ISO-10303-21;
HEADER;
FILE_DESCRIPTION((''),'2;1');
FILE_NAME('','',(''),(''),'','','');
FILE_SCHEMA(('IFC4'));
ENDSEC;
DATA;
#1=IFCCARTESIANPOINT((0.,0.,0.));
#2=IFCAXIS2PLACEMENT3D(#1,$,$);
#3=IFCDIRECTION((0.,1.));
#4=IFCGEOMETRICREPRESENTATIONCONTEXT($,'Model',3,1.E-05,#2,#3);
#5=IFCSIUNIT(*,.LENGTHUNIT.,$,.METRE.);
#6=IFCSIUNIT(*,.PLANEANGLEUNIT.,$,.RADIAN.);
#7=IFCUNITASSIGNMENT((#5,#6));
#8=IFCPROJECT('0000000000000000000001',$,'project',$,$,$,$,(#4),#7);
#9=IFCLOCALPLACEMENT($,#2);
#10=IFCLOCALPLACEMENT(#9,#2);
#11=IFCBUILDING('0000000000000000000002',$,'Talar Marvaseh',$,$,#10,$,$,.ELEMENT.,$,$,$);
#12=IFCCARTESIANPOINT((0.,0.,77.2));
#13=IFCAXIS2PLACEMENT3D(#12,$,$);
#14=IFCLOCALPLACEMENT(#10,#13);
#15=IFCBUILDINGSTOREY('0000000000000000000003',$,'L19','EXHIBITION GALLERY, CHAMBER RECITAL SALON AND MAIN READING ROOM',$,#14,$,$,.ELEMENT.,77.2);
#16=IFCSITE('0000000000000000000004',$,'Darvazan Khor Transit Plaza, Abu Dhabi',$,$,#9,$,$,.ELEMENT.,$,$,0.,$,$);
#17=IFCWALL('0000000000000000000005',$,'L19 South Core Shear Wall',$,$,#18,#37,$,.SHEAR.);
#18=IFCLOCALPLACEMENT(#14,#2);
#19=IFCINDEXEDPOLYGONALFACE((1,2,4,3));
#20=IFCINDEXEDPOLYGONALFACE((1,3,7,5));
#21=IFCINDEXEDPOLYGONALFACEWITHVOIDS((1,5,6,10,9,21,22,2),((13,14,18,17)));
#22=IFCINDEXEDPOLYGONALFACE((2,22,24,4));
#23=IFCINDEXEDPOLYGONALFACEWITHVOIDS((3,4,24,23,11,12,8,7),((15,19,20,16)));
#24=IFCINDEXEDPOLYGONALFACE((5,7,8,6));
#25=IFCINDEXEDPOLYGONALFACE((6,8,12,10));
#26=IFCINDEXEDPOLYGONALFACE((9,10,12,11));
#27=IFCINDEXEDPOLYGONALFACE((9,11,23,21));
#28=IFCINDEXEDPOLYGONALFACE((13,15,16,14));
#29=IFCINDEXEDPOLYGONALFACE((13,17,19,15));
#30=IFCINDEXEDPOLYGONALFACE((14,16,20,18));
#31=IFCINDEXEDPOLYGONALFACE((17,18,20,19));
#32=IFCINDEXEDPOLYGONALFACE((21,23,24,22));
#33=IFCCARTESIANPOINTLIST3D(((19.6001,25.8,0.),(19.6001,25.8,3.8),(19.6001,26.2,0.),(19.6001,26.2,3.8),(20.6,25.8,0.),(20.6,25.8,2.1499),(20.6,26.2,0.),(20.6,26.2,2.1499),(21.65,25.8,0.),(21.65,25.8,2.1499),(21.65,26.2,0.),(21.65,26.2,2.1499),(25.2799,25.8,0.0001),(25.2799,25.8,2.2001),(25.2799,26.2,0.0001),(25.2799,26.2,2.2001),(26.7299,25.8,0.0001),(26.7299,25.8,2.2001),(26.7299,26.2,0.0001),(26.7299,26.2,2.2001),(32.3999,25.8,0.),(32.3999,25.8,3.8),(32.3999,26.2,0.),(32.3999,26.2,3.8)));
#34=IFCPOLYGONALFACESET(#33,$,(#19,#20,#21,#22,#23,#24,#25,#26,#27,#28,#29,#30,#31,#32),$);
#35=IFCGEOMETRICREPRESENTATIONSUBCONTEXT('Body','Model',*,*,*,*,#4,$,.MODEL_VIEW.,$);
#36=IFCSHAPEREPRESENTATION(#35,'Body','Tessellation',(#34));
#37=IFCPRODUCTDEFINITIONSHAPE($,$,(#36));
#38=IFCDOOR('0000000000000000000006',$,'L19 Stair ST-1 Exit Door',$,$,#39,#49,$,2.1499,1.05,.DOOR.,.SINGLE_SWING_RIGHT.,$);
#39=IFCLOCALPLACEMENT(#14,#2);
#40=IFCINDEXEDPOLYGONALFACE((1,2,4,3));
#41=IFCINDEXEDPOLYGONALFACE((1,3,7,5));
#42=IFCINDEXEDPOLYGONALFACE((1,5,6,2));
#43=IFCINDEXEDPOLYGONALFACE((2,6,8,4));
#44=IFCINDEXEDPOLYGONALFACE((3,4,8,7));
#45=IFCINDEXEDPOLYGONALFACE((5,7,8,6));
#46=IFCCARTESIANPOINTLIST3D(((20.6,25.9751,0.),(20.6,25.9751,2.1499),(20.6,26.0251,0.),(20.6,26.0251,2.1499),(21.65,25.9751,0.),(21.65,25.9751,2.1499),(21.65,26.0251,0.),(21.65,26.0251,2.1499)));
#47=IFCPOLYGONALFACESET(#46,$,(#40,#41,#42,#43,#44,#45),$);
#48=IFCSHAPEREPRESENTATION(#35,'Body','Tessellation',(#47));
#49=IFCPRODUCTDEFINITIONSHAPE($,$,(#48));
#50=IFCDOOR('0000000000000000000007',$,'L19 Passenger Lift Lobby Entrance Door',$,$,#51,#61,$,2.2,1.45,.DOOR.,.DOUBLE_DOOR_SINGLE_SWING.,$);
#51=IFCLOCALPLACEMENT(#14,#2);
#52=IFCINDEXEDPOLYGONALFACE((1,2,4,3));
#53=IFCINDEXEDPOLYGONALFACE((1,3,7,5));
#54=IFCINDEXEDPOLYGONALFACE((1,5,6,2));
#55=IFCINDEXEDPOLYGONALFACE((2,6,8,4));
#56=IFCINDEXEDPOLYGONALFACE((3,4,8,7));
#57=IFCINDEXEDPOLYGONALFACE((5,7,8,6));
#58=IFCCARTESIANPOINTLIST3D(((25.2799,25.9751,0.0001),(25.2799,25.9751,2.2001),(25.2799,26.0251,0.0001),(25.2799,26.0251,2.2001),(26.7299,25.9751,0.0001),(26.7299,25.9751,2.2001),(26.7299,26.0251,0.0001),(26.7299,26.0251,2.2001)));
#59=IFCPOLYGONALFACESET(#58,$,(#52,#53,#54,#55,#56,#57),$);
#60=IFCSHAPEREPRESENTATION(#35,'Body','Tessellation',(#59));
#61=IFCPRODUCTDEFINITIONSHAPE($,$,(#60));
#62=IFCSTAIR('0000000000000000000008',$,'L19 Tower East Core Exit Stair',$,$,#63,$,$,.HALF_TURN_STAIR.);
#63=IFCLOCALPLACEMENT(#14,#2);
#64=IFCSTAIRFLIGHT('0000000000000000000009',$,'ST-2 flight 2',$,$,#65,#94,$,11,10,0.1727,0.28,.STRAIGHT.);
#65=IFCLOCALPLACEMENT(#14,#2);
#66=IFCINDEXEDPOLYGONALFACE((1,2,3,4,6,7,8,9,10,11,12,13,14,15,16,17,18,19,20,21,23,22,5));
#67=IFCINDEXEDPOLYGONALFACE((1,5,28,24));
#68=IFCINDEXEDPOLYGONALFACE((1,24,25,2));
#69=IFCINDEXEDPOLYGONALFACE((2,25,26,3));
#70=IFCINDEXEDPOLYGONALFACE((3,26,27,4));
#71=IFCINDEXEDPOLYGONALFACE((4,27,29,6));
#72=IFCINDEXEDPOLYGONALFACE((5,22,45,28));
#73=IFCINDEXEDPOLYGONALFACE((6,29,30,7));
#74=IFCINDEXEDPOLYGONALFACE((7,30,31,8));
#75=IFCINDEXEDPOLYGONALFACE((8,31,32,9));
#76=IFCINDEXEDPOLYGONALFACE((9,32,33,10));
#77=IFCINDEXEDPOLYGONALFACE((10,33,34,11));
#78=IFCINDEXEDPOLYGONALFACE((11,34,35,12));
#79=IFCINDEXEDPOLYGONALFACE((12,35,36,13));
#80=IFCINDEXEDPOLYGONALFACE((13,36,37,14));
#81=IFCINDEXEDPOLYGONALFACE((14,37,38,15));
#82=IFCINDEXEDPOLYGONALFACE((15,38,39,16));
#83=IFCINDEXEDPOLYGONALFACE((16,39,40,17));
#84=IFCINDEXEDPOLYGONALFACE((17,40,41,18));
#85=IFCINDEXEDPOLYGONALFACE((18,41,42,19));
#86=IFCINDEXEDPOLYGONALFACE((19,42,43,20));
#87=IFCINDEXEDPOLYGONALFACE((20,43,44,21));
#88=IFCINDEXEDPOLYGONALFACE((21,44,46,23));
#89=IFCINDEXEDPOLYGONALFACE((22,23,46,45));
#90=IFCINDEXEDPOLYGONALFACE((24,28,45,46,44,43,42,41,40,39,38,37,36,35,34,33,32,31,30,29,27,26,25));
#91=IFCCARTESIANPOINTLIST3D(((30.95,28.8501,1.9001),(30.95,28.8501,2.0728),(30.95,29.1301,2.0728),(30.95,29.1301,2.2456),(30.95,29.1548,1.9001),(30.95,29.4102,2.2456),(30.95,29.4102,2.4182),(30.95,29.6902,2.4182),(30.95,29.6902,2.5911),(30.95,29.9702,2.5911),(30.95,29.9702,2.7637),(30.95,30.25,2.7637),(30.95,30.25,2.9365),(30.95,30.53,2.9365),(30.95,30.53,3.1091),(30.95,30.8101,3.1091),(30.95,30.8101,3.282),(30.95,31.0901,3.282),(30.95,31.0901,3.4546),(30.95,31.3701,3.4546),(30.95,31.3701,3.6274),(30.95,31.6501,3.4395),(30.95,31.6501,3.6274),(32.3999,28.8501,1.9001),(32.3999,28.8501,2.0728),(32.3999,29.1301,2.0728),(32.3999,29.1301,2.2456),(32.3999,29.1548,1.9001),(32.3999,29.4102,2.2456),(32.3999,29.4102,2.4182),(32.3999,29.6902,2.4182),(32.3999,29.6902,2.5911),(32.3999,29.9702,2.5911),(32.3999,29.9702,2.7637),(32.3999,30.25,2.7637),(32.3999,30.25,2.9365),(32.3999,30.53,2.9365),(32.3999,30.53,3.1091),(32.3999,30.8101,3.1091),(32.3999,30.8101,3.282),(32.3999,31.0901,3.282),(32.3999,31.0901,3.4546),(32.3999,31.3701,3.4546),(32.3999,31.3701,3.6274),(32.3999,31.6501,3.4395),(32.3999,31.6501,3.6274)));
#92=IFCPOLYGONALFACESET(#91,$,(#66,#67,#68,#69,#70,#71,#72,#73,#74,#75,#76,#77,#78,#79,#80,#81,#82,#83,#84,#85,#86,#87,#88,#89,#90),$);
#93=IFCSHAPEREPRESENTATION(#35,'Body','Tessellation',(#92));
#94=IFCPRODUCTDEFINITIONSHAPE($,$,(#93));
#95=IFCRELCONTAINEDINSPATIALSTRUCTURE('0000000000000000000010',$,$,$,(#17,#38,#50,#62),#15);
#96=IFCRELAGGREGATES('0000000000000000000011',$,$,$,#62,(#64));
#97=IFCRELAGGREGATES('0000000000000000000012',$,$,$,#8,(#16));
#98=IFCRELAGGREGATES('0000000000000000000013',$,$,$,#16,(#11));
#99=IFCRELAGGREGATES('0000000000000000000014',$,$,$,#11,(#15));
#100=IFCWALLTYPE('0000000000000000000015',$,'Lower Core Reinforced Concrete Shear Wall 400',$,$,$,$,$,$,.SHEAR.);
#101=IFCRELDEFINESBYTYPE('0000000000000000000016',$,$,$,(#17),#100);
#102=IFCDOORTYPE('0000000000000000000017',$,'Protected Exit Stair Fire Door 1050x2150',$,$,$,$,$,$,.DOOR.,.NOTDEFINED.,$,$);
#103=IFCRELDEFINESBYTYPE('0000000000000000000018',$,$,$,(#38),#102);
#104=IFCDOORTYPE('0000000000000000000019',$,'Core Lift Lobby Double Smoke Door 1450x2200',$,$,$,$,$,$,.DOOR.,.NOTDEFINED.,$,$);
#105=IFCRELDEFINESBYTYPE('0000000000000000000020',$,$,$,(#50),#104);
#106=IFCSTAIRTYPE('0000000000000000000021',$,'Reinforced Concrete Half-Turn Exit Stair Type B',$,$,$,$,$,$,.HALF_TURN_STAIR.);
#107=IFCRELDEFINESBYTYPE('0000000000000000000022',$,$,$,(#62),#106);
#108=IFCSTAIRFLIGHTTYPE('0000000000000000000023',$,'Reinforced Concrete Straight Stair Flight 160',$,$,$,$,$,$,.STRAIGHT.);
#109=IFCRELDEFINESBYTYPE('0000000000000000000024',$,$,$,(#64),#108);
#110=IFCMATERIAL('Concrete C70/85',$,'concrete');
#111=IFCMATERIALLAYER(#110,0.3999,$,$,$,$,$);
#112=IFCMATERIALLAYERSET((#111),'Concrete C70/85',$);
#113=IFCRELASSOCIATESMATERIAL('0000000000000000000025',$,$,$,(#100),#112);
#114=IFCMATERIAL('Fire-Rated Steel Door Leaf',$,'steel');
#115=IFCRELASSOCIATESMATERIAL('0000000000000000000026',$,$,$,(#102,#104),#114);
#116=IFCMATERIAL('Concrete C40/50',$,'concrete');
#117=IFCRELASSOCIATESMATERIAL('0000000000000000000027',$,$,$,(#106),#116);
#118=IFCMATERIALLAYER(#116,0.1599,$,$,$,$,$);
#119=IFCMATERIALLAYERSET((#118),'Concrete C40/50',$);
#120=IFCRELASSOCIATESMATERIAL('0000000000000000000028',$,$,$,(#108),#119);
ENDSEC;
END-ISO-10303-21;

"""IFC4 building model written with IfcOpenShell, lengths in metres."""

from ifc_helpers import new_model, si_unit, direction, frame, frame_2d, origin, place, context, subcontext, project, spatial, polyline, rectangle, outline, extrude, source, transform, mapped, material, layer, layer_set, type_object, type_shapes, element, fill, aggregate, save


model = new_model("IFC4")

# Units and contexts
model_context = context("Model", 3, precision=1e-05, world=origin(), true_north=direction((0.0, 1.0)))
body_context = subcontext(model_context, "Body", "Model", "MODEL_VIEW")
ifc_project = project(units=[si_unit("LENGTHUNIT", "METRE"), si_unit("PLANEANGLEUNIT", "RADIAN")], contexts=[model_context])

# Site, building, storey
site_placement = place(None, origin())
site = spatial("IfcSite", under=ifc_project, at=site_placement, Name="Darvazan Khor Transit Plaza, Abu Dhabi", CompositionType="ELEMENT", RefElevation=0.0)
building_placement = place(site_placement, origin())
building = spatial("IfcBuilding", under=site, at=building_placement, Name="Talar Marvaseh", CompositionType="ELEMENT")
storey_placement = place(building_placement, frame((0.0, 0.0, 77.2)))
storey = spatial("IfcBuildingStorey", under=building, at=storey_placement, Name="L19", Description="EXHIBITION GALLERY, CHAMBER RECITAL SALON AND MAIN READING ROOM", CompositionType="ELEMENT", Elevation=77.2)

# Shared definitions
ifc_material_1 = material(Name="Concrete C70/85", Category="concrete")

# Wall, openings, doors
ifc_layer_1 = layer(ifc_material_1, 0.3999)
ifc_layer_set_1 = layer_set([ifc_layer_1], Name="Concrete C70/85")
wall_type_1 = type_object("IfcWallType", Name="Lower Core Reinforced Concrete Shear Wall 400", PredefinedType="SHEAR", material=ifc_layer_set_1)
wall_1_placement = place(storey_placement, frame((32.3999, 26.0, 0.0), z_axis=(0.0, 0.0, 1.0), x_axis=(-1.0, 0.0, 0.0)))
wall_1 = element("IfcWall", 1, at=wall_1_placement, inside=storey, type_object=wall_type_1, Name="L19 South Core Shear Wall", PredefinedType="SHEAR", context=body_context, shape_type="SweptSolid", body=[
    extrude(rectangle(XDim=12.7998, YDim=0.3999, at=frame_2d((6.3999, 0.0))), origin(), (0.0, 0.0, 1.0), 3.8),
])
opening_1_placement = place(wall_1_placement, frame((10.75, 0.0, 0.0)))
opening_1 = element("IfcOpeningElement", 2, at=opening_1_placement, cuts=wall_1, PredefinedType="OPENING", context=body_context, shape_type="SweptSolid", body=[
    extrude(rectangle(XDim=1.05, YDim=2.1499, at=frame_2d((0.5249, 1.075))), frame((0.0, 0.21, 0.0), z_axis=(0.0, -1.0, 0.0), x_axis=(1.0, 0.0, 0.0)), (0.0, 0.0, 1.0), 0.4199),
])
opening_2_placement = place(wall_1_placement, frame((5.6699, 0.0, 0.0)))
opening_2 = element("IfcOpeningElement", 3, at=opening_2_placement, cuts=wall_1, PredefinedType="OPENING", context=body_context, shape_type="SweptSolid", body=[
    extrude(rectangle(XDim=1.45, YDim=2.2, at=frame_2d((0.7251, 1.1001))), frame((0.0, 0.21, 0.0), z_axis=(0.0, -1.0, 0.0), x_axis=(1.0, 0.0, 0.0)), (0.0, 0.0, 1.0), 0.4199),
])
ifc_material_2 = material(Name="Fire-Rated Steel Door Leaf", Category="steel")
door_type_1 = type_object("IfcDoorType", Name="Protected Exit Stair Fire Door 1050x2150", OperationType="NOTDEFINED", PredefinedType="DOOR", material=ifc_material_2)
shared_shape_1 = source(origin(), body_context, "Body", "SweptSolid", [
    extrude(rectangle(XDim=1.05, YDim=2.1499, at=frame_2d((0.5249, 1.075))), frame((0.0, 0.0249, 0.0), z_axis=(0.0, -1.0, 0.0), x_axis=(1.0, 0.0, 0.0)), (0.0, 0.0, 1.0), 0.05),
])
type_shapes(door_type_1, [shared_shape_1])
door_1_placement = place(opening_1_placement, origin())
door_1 = element("IfcDoor", 4, at=door_1_placement, inside=storey, type_object=door_type_1, Name="L19 Stair ST-1 Exit Door", OperationType="SINGLE_SWING_RIGHT", OverallHeight=2.1499, OverallWidth=1.05, PredefinedType="DOOR", context=body_context, shape_type="MappedRepresentation", body=[
    mapped(shared_shape_1, transform((0.0, 0.0, 0.0), x_axis=(1.0, 0.0, 0.0), y_axis=(0.0, 1.0, 0.0), z_axis=(0.0, 0.0, 1.0), scale=1.0)),
])
fill(opening_1, door_1)
door_type_2 = type_object("IfcDoorType", Name="Core Lift Lobby Double Smoke Door 1450x2200", OperationType="NOTDEFINED", PredefinedType="DOOR", material=ifc_material_2)
shared_shape_2 = source(origin(), body_context, "Body", "SweptSolid", [
    extrude(rectangle(XDim=1.45, YDim=2.2, at=frame_2d((0.7251, 1.1001))), frame((0.0, 0.0249, 0.0), z_axis=(0.0, -1.0, 0.0), x_axis=(1.0, 0.0, 0.0)), (0.0, 0.0, 1.0), 0.05),
])
type_shapes(door_type_2, [shared_shape_2])
door_2_placement = place(opening_2_placement, origin())
door_2 = element("IfcDoor", 5, at=door_2_placement, inside=storey, type_object=door_type_2, Name="L19 Passenger Lift Lobby Entrance Door", OperationType="DOUBLE_DOOR_SINGLE_SWING", OverallHeight=2.2, OverallWidth=1.45, PredefinedType="DOOR", context=body_context, shape_type="MappedRepresentation", body=[
    mapped(shared_shape_2, transform((0.0, 0.0, 0.0), x_axis=(1.0, 0.0, 0.0), y_axis=(0.0, 1.0, 0.0), z_axis=(0.0, 0.0, 1.0), scale=1.0)),
])
fill(opening_2, door_2)

# Stair, stair flight
ifc_material_3 = material(Name="Concrete C40/50", Category="concrete")
stair_type = type_object("IfcStairType", Name="Reinforced Concrete Half-Turn Exit Stair Type B", PredefinedType="HALF_TURN_STAIR", material=ifc_material_3)
stair_placement = place(storey_placement, origin())
stair = element("IfcStair", 6, at=stair_placement, inside=storey, type_object=stair_type, Name="L19 Tower East Core Exit Stair", PredefinedType="HALF_TURN_STAIR")
ifc_layer_2 = layer(ifc_material_3, 0.1599)
ifc_layer_set_2 = layer_set([ifc_layer_2], Name="Concrete C40/50")
stair_flight_type = type_object("IfcStairFlightType", Name="Reinforced Concrete Straight Stair Flight 160", PredefinedType="STRAIGHT", material=ifc_layer_set_2)
stair_flight_placement = place(storey_placement, frame((31.675, 28.8501, 1.9001), z_axis=(0.0, 0.0, 1.0), x_axis=(0.0, 1.0, 0.0)))
stair_flight = element("IfcStairFlight", 7, at=stair_flight_placement, type_object=stair_flight_type, Name="ST-2 flight 2", NumberOfRisers=11, NumberOfTreads=10, PredefinedType="STRAIGHT", RiserHeight=0.1727, TreadLength=0.28, context=body_context, shape_type="SweptSolid", body=[
    extrude(outline(polyline([(0.0, 0.0), (0.0, 0.1726), (0.28, 0.1726), (0.28, 0.3455), (0.5601, 0.3455), (0.5601, 0.5181), (0.8401, 0.5181), (0.8401, 0.6909), (1.1201, 0.6909), (1.1201, 0.8635), (1.3999, 0.8635), (1.3999, 1.0364), (1.6799, 1.0364), (1.6799, 1.209), (1.96, 1.209), (1.96, 1.3818), (2.24, 1.3818), (2.24, 1.5544), (2.52, 1.5544), (2.52, 1.7273), (2.8, 1.7273), (2.8, 1.8999), (2.8, 1.5393), (0.3047, 0.0), (0.0, 0.0)])), frame((0.0, 0.7251, 0.0), z_axis=(0.0, -1.0, 0.0), x_axis=(1.0, 0.0, 0.0)), (0.0, 0.0, 1.0), 1.45),
])
aggregate(stair, [stair_flight])

save(model, "model.ifc")
